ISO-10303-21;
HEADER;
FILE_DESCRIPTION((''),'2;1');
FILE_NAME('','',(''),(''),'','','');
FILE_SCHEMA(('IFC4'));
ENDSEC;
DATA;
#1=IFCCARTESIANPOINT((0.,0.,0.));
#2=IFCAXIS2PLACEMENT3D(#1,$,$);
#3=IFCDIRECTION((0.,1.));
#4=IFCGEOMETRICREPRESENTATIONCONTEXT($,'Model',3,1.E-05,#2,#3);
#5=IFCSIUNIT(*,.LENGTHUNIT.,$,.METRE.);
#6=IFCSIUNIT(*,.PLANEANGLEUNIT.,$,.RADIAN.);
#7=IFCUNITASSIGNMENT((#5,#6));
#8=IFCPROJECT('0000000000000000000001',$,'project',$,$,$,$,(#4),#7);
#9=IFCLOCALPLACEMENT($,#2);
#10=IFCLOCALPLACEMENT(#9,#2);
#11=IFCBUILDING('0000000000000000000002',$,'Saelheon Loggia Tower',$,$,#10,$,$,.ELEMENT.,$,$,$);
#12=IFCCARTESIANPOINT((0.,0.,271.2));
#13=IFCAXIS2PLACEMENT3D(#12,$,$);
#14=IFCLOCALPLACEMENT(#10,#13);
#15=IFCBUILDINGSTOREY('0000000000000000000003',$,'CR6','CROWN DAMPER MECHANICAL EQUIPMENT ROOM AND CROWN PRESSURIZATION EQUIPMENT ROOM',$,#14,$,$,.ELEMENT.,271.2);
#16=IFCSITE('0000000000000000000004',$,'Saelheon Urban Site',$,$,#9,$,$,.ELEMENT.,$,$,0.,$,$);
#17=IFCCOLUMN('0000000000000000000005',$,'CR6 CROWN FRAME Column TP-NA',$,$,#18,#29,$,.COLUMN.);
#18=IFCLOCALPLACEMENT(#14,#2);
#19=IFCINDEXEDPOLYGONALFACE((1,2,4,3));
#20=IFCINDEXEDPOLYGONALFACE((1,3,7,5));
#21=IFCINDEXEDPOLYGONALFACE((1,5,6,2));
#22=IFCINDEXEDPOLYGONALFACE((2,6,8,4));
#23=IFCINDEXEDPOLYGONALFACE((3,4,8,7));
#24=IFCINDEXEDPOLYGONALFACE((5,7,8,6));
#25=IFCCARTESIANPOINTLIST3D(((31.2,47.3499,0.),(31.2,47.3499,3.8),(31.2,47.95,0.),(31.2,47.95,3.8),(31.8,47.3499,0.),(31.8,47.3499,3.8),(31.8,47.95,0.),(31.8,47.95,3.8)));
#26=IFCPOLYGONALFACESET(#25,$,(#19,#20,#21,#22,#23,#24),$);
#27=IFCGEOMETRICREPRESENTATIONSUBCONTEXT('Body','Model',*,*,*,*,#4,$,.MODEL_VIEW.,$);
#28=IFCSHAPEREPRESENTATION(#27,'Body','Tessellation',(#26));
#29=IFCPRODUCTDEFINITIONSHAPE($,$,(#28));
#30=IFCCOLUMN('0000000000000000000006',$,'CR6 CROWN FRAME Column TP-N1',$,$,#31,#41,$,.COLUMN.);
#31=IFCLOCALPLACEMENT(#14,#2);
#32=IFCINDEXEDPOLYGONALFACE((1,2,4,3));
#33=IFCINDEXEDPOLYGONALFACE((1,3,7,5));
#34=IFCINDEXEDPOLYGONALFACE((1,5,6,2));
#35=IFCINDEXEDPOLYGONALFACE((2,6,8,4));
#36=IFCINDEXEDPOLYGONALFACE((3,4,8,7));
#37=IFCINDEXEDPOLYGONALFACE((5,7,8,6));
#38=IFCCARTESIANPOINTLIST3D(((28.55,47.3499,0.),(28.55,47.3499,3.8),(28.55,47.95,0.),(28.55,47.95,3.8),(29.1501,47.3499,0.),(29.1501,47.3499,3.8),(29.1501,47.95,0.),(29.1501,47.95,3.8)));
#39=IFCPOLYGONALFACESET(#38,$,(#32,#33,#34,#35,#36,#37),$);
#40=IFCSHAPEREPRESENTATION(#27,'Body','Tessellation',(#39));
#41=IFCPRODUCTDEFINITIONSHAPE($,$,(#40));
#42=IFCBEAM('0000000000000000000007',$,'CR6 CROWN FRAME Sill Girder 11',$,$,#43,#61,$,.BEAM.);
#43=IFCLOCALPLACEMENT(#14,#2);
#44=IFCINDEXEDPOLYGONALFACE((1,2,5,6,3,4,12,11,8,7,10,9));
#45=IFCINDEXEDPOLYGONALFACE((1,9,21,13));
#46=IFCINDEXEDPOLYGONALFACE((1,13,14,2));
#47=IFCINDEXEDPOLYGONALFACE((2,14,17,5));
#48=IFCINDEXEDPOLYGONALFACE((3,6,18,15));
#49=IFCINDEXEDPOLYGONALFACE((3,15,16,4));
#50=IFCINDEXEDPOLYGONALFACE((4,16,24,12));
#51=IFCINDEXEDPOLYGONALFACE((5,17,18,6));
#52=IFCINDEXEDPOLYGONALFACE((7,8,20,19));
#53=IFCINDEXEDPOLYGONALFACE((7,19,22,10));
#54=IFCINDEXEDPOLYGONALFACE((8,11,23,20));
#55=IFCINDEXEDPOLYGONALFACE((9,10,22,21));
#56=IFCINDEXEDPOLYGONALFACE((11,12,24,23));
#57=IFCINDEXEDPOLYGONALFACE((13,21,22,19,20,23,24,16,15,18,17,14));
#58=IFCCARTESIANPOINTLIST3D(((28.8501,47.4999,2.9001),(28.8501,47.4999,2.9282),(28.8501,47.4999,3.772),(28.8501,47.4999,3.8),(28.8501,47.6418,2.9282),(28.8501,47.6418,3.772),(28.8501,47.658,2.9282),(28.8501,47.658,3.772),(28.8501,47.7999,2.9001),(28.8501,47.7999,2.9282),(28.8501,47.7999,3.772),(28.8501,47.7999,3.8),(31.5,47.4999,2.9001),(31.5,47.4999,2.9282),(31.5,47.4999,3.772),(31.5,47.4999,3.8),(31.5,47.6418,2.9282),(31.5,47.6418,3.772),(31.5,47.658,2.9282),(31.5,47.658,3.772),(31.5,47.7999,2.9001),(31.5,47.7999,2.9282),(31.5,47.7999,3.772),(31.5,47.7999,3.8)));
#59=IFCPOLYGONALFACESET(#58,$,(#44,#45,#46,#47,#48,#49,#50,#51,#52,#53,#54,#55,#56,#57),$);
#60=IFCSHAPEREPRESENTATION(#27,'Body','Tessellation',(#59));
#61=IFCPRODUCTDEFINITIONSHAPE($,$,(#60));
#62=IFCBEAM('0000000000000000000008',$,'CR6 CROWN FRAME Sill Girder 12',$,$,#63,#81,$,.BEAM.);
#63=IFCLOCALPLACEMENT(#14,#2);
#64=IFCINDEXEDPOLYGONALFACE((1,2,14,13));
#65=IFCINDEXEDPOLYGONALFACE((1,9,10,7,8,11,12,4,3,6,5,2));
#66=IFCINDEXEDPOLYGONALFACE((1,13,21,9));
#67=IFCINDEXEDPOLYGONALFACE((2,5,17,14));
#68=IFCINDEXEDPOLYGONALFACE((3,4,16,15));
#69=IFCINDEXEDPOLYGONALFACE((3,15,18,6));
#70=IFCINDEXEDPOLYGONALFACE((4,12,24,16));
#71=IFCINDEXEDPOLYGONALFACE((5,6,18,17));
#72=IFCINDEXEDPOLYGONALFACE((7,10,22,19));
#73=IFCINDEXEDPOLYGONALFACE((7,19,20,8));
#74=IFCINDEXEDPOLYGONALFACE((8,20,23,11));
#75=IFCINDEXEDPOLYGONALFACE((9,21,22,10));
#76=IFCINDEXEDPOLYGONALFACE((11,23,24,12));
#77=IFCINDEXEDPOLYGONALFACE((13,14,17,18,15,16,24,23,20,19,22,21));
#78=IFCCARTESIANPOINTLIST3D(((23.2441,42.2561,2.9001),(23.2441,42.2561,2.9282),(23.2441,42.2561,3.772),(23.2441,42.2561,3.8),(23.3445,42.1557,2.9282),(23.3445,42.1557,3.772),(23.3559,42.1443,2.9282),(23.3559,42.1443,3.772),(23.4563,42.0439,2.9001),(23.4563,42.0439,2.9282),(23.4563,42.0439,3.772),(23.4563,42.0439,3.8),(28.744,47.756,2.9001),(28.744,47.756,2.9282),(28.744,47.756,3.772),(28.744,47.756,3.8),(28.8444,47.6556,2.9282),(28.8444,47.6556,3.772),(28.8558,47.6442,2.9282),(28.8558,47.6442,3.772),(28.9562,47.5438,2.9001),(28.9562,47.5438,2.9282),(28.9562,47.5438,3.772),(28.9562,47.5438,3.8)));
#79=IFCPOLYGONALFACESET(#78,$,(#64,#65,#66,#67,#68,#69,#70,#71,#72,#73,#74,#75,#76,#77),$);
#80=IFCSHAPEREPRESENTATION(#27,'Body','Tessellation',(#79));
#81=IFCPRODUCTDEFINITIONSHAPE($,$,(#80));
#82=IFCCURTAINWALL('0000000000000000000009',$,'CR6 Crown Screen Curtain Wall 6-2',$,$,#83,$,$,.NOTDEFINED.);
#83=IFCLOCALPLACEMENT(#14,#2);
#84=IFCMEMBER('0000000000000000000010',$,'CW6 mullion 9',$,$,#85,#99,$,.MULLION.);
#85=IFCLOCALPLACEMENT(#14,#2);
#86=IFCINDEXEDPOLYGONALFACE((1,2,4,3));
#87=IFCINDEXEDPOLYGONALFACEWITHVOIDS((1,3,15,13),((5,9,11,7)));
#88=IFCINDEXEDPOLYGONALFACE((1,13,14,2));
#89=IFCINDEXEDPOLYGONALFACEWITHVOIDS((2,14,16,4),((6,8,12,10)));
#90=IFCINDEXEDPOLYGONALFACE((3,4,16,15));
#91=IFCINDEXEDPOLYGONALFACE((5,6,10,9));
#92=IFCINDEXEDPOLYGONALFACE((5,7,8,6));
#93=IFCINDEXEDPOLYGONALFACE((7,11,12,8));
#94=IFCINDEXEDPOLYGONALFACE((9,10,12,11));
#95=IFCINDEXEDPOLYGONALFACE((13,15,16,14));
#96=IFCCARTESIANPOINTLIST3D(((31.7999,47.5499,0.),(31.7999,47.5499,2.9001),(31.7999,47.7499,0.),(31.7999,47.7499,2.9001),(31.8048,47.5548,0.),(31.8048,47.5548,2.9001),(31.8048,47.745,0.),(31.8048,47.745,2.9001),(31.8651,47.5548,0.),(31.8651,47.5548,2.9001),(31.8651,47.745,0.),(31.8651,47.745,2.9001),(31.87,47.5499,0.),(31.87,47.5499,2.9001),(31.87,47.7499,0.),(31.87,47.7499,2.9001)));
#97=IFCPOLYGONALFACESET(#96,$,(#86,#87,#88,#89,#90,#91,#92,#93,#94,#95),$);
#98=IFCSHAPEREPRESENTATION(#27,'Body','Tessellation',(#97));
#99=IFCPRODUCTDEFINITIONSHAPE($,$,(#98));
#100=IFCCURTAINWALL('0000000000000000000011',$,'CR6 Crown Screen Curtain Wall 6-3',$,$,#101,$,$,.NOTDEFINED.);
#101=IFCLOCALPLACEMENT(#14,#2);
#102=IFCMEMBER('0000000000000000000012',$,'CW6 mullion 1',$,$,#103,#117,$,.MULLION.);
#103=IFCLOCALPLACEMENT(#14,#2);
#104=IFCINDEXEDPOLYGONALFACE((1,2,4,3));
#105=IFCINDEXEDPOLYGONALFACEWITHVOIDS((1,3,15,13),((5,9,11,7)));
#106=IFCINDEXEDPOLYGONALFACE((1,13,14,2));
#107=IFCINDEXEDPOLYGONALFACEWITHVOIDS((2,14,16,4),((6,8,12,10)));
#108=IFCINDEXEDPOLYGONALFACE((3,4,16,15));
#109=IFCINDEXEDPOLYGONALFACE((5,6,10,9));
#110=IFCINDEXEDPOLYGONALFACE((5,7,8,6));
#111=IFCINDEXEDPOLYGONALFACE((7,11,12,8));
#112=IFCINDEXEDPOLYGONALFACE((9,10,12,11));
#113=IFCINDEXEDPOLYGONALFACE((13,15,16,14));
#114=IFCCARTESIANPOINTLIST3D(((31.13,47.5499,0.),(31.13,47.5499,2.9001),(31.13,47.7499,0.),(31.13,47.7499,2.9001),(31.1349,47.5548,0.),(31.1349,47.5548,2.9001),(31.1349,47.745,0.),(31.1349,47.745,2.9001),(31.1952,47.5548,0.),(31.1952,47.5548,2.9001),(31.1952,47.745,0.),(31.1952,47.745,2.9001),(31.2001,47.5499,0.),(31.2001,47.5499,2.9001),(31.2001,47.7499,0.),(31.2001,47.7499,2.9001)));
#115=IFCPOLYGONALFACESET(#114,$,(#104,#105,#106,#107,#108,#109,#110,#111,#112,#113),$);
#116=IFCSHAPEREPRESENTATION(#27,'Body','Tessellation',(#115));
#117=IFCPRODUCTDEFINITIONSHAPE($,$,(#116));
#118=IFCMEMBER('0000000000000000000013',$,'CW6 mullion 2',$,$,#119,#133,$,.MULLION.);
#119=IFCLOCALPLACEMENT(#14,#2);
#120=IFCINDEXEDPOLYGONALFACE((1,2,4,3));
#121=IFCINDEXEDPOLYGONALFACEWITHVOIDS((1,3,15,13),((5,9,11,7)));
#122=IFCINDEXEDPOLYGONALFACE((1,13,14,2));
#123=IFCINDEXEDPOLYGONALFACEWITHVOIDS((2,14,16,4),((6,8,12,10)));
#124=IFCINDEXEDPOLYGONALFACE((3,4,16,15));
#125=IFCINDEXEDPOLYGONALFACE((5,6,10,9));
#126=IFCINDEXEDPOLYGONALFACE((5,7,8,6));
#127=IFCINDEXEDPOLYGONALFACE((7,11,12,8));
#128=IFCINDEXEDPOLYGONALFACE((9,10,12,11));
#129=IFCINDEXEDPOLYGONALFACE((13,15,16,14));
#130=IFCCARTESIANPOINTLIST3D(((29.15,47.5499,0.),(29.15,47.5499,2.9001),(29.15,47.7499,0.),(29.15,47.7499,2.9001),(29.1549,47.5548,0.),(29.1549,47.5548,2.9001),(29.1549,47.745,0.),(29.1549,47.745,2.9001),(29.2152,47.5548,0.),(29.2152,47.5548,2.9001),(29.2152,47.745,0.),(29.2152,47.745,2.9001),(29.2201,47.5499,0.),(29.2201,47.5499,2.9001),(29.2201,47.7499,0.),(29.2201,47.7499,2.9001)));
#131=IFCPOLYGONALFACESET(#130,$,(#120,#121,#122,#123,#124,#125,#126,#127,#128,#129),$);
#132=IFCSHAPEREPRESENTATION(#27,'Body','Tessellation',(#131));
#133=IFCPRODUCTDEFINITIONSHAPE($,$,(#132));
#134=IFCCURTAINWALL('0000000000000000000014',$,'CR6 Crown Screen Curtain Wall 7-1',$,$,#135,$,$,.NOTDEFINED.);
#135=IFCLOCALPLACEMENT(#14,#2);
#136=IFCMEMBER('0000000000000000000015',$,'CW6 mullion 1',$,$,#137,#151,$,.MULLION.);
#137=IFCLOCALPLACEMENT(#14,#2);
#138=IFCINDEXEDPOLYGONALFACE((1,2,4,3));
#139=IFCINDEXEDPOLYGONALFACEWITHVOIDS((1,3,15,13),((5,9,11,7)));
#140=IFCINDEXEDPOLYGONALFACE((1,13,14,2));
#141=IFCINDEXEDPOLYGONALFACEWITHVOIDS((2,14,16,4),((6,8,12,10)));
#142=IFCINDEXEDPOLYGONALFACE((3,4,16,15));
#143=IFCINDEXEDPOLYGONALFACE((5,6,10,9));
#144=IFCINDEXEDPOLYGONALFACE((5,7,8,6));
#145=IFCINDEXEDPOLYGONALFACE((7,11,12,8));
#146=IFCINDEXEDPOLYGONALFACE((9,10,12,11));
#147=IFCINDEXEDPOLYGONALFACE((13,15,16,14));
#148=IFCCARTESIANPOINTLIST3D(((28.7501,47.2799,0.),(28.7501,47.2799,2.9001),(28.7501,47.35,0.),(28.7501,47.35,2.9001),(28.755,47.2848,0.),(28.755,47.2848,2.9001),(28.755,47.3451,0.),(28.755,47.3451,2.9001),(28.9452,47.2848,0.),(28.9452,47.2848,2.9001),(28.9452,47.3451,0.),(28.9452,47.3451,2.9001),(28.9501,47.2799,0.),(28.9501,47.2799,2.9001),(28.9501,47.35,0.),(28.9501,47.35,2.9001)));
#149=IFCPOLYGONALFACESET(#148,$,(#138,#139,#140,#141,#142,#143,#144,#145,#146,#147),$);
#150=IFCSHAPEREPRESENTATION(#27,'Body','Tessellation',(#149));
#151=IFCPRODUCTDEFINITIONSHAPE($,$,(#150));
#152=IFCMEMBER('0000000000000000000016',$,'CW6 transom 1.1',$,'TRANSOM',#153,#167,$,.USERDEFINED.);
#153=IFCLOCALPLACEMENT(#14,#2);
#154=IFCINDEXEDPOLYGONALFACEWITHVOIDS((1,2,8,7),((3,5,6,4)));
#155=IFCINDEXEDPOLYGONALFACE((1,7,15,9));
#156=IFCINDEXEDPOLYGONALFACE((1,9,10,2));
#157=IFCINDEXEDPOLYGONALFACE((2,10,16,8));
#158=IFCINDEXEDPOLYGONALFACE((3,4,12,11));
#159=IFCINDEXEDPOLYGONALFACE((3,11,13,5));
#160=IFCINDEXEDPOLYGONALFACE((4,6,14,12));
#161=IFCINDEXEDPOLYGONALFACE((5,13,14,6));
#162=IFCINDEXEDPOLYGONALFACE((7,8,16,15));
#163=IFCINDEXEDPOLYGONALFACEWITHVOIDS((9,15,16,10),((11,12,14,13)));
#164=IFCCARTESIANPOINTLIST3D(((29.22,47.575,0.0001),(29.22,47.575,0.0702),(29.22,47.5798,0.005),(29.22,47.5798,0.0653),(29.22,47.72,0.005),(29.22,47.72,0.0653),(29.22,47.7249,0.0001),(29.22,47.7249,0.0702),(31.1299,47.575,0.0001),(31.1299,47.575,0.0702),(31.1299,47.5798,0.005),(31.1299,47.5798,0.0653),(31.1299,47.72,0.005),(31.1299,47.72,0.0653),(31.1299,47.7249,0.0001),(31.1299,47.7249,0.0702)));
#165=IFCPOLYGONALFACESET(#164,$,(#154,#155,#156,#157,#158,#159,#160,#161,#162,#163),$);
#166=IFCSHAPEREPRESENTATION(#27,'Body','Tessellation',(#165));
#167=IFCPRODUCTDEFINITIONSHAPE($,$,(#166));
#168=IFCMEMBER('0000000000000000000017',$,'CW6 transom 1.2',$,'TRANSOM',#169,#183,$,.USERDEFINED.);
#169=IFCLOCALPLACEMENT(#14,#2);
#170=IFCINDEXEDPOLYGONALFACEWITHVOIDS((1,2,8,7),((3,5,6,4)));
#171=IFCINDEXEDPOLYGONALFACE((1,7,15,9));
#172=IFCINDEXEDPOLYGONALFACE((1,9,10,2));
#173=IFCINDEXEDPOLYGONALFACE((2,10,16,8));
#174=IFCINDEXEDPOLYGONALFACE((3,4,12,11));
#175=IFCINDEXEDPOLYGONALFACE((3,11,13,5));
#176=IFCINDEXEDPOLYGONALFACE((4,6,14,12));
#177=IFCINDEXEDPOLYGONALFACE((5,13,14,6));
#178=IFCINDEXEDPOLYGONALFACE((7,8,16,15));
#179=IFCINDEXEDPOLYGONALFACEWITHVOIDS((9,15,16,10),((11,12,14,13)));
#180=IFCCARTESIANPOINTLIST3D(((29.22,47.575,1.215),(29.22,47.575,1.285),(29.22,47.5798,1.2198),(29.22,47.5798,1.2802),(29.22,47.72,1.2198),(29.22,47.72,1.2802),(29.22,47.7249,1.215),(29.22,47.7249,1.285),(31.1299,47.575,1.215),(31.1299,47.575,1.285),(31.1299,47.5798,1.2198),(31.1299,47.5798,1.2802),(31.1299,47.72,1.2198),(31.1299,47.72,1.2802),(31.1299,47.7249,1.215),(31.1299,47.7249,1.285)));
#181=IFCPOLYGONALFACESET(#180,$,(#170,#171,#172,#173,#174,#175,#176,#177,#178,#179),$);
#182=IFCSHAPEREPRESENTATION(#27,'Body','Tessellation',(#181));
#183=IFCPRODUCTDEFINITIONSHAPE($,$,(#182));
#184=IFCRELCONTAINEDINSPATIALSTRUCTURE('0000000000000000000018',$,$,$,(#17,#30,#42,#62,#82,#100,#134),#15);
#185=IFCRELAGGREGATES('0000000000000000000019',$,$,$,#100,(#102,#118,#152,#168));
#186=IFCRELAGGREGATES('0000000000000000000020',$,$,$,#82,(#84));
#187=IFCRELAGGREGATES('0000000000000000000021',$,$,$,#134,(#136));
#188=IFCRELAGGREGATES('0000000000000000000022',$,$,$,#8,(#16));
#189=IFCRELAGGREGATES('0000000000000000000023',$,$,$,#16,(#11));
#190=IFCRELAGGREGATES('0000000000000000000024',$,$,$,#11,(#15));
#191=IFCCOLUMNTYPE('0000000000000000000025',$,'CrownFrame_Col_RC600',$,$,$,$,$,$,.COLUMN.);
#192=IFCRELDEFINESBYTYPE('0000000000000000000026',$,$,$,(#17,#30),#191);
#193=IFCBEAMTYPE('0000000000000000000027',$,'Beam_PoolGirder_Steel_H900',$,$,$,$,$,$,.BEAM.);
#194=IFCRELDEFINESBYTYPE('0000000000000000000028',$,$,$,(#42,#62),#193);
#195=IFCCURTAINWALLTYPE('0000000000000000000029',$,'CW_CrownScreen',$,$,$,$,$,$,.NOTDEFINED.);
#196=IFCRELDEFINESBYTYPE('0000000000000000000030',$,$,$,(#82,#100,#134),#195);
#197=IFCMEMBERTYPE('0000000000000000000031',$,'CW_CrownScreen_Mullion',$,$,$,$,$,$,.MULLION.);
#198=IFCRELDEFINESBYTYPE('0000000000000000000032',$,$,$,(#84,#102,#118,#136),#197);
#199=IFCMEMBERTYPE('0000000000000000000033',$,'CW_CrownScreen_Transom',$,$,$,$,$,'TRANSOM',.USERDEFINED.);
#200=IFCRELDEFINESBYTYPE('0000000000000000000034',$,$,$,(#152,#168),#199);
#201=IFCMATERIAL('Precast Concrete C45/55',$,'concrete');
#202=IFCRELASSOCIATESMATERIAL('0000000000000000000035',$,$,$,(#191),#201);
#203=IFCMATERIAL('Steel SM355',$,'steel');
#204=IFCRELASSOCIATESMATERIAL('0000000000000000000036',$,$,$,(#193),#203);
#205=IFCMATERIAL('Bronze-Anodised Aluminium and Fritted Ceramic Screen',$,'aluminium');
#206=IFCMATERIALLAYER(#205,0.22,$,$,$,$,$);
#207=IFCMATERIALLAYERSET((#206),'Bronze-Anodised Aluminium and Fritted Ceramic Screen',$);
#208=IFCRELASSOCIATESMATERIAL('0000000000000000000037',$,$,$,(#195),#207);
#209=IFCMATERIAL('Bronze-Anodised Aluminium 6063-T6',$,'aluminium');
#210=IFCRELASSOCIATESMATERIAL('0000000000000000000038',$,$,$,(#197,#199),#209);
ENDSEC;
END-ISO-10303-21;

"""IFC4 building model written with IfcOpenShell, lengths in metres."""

from ifc_helpers import new_model, si_unit, direction, frame, origin, origin_2d, place, context, subcontext, project, spatial, rectangle, hollow_rectangle, i_section, extrude, source, transform, mapped, material, layer, layer_set, material_profile, profile_set, type_object, element, aggregate, save


model = new_model("IFC4")

# Units and contexts
model_context = context("Model", 3, precision=1e-05, world=origin(), true_north=direction((0.0, 1.0)))
body_context = subcontext(model_context, "Body", "Model", "MODEL_VIEW")
ifc_project = project(units=[si_unit("LENGTHUNIT", "METRE"), si_unit("PLANEANGLEUNIT", "RADIAN")], contexts=[model_context])

# Site, building, storey
site_placement = place(None, origin())
site = spatial("IfcSite", under=ifc_project, at=site_placement, Name="Saelheon Urban Site", CompositionType="ELEMENT", RefElevation=0.0)
building_placement = place(site_placement, origin())
building = spatial("IfcBuilding", under=site, at=building_placement, Name="Saelheon Loggia Tower", CompositionType="ELEMENT")
storey_placement = place(building_placement, frame((0.0, 0.0, 271.2)))
storey = spatial("IfcBuildingStorey", under=building, at=storey_placement, Name="CR6", Description="CROWN DAMPER MECHANICAL EQUIPMENT ROOM AND CROWN PRESSURIZATION EQUIPMENT ROOM", CompositionType="ELEMENT", Elevation=271.2)

# Columns
ifc_material_1 = material(Name="Precast Concrete C45/55", Category="concrete")
ifc_material_profile_1 = material_profile(ifc_material_1, rectangle(XDim=0.6001, YDim=0.6001, at=origin_2d()), Name="RC-600x600")
ifc_profile_set_1 = profile_set([ifc_material_profile_1], Name="Precast Concrete C45/55")
column_type = type_object("IfcColumnType", Name="CrownFrame_Col_RC600", PredefinedType="COLUMN", material=ifc_profile_set_1)
shared_shape_1 = source(origin(), body_context, "Body", "SweptSolid", [
    extrude(rectangle(XDim=0.6001, YDim=0.6001, at=origin_2d()), origin(), (0.0, 0.0, 1.0), 3.8),
])
for number, where, z_axis, x_axis, name in (
    (1, (31.5, 47.6499, 0.0), (0.0, 0.0, 1.0), (1.0, 0.0, 0.0), "CR6 CROWN FRAME Column TP-NA"),
    (2, (28.8501, 47.6499, 0.0), (0.0, 0.0, 1.0), (1.0, 0.0, 0.0), "CR6 CROWN FRAME Column TP-N1"),
):
    element("IfcColumn", number, at=place(storey_placement, frame(where, z_axis=z_axis, x_axis=x_axis)), inside=storey, type_object=column_type, Name=name, PredefinedType="COLUMN", context=body_context, shape_type="MappedRepresentation", body=[
        mapped(shared_shape_1, transform((0.0, 0.0, 0.0), scale=1.0)),
    ])

# Beams
ifc_material_2 = material(Name="Steel SM355", Category="steel")
ifc_material_profile_2 = material_profile(ifc_material_2, i_section(OverallWidth=0.3, OverallDepth=0.8999, WebThickness=0.0161, FlangeThickness=0.0281, at=origin_2d()), Name="H-900x300x16x28")
ifc_profile_set_2 = profile_set([ifc_material_profile_2], Name="Steel SM355")
beam_type = type_object("IfcBeamType", Name="Beam_PoolGirder_Steel_H900", PredefinedType="BEAM", material=ifc_profile_set_2)
shared_shape_2 = source(origin(), body_context, "Body", "SweptSolid", [
    extrude(i_section(OverallWidth=0.3, OverallDepth=0.8999, WebThickness=0.0161, FlangeThickness=0.0281, at=origin_2d()), origin(), (0.0, 0.0, 1.0), 2.6499),
])
beam_1_placement = place(storey_placement, frame((31.5, 47.6499, 3.3501), z_axis=(-1.0, 0.0, 0.0), x_axis=(0.0, -1.0, 0.0)))
element("IfcBeam", 3, at=beam_1_placement, inside=storey, type_object=beam_type, Name="CR6 CROWN FRAME Sill Girder 11", PredefinedType="BEAM", context=body_context, shape_type="MappedRepresentation", body=[
    mapped(shared_shape_2, transform((0.0, 0.0, 0.0), scale=1.0)),
])
shared_shape_3 = source(origin(), body_context, "Body", "SweptSolid", [
    extrude(i_section(OverallWidth=0.3, OverallDepth=0.8999, WebThickness=0.0161, FlangeThickness=0.0281, at=origin_2d()), origin(), (0.0, 0.0, 1.0), 7.7781),
])
beam_2_placement = place(storey_placement, frame((28.8501, 47.6499, 3.3501), z_axis=(-0.707107, -0.707107, 0.0), x_axis=(0.707107, -0.707107, 0.0)))
element("IfcBeam", 4, at=beam_2_placement, inside=storey, type_object=beam_type, Name="CR6 CROWN FRAME Sill Girder 12", PredefinedType="BEAM", context=body_context, shape_type="MappedRepresentation", body=[
    mapped(shared_shape_3, transform((0.0, 0.0, 0.0), scale=1.0)),
])

# Curtain wall, member
ifc_material_3 = material(Name="Bronze-Anodised Aluminium and Fritted Ceramic Screen", Category="aluminium")
ifc_layer_1 = layer(ifc_material_3, 0.22)
ifc_layer_set_1 = layer_set([ifc_layer_1], Name="Bronze-Anodised Aluminium and Fritted Ceramic Screen")
curtain_wall_type = type_object("IfcCurtainWallType", Name="CW_CrownScreen", PredefinedType="NOTDEFINED", material=ifc_layer_set_1)
curtain_wall_1_placement = place(storey_placement, origin())
curtain_wall_1 = element("IfcCurtainWall", 5, at=curtain_wall_1_placement, inside=storey, type_object=curtain_wall_type, Name="CR6 Crown Screen Curtain Wall 6-2", PredefinedType="NOTDEFINED")
ifc_material_4 = material(Name="Bronze-Anodised Aluminium 6063-T6", Category="aluminium")
ifc_material_profile_3 = material_profile(ifc_material_4, hollow_rectangle(XDim=0.0701, YDim=0.2, WallThickness=0.0049, at=origin_2d()), Name="RHS-200x70x5")
ifc_profile_set_3 = profile_set([ifc_material_profile_3], Name="Bronze-Anodised Aluminium 6063-T6")
member_type_1 = type_object("IfcMemberType", Name="CW_CrownScreen_Mullion", PredefinedType="MULLION", material=ifc_profile_set_3)
shared_shape_4 = source(origin(), body_context, "Body", "SweptSolid", [
    extrude(hollow_rectangle(XDim=0.0701, YDim=0.2, WallThickness=0.0049, at=origin_2d()), origin(), (0.0, 0.0, 1.0), 2.9001),
])
member_1_placement = place(storey_placement, frame((31.835, 47.6499, 0.0), z_axis=(0.0, 0.0, 1.0), x_axis=(-1.0, 0.0, 0.0)))
member_1 = element("IfcMember", 6, at=member_1_placement, type_object=member_type_1, Name="CW6 mullion 9", PredefinedType="MULLION", context=body_context, shape_type="MappedRepresentation", body=[
    mapped(shared_shape_4, transform((0.0, 0.0, 0.0), scale=1.0)),
])

# Curtain wall, members
curtain_wall_2_placement = place(storey_placement, origin())
curtain_wall_2 = element("IfcCurtainWall", 7, at=curtain_wall_2_placement, inside=storey, type_object=curtain_wall_type, Name="CR6 Crown Screen Curtain Wall 6-3", PredefinedType="NOTDEFINED")
member_2_placement = place(storey_placement, frame((31.165, 47.6499, 0.0), z_axis=(0.0, 0.0, 1.0), x_axis=(-1.0, 0.0, 0.0)))
member_2 = element("IfcMember", 8, at=member_2_placement, type_object=member_type_1, Name="CW6 mullion 1", PredefinedType="MULLION", context=body_context, shape_type="MappedRepresentation", body=[
    mapped(shared_shape_4, transform((0.0, 0.0, 0.0), scale=1.0)),
])
member_3_placement = place(storey_placement, frame((29.1851, 47.6499, 0.0), z_axis=(0.0, 0.0, 1.0), x_axis=(-1.0, 0.0, 0.0)))
member_3 = element("IfcMember", 9, at=member_3_placement, type_object=member_type_1, Name="CW6 mullion 2", PredefinedType="MULLION", context=body_context, shape_type="MappedRepresentation", body=[
    mapped(shared_shape_4, transform((0.0, 0.0, 0.0), scale=1.0)),
])

# Curtain wall, member
curtain_wall_3_placement = place(storey_placement, origin())
curtain_wall_3 = element("IfcCurtainWall", 10, at=curtain_wall_3_placement, inside=storey, type_object=curtain_wall_type, Name="CR6 Crown Screen Curtain Wall 7-1", PredefinedType="NOTDEFINED")
member_4_placement = place(storey_placement, frame((28.8501, 47.3149, 0.0), z_axis=(0.0, 0.0, 1.0), x_axis=(0.0, -1.0, 0.0)))
member_4 = element("IfcMember", 11, at=member_4_placement, type_object=member_type_1, Name="CW6 mullion 1", PredefinedType="MULLION", context=body_context, shape_type="MappedRepresentation", body=[
    mapped(shared_shape_4, transform((0.0, 0.0, 0.0), scale=1.0)),
])

# Members
ifc_material_profile_4 = material_profile(ifc_material_4, hollow_rectangle(XDim=0.0701, YDim=0.1499, WallThickness=0.0049, at=origin_2d()), Name="RHS-150x70x5")
ifc_profile_set_4 = profile_set([ifc_material_profile_4], Name="Bronze-Anodised Aluminium 6063-T6")
member_type_2 = type_object("IfcMemberType", Name="CW_CrownScreen_Transom", ElementType="TRANSOM", PredefinedType="USERDEFINED", material=ifc_profile_set_4)
shared_shape_5 = source(origin(), body_context, "Body", "SweptSolid", [
    extrude(hollow_rectangle(XDim=0.0701, YDim=0.1499, WallThickness=0.0049, at=origin_2d()), origin(), (0.0, 0.0, 1.0), 1.9099),
])
member_5_placement = place(storey_placement, frame((31.1299, 47.6499, 0.0352), z_axis=(-1.0, 0.0, 0.0), x_axis=(0.0, 0.0, 1.0)))
member_5 = element("IfcMember", 12, at=member_5_placement, type_object=member_type_2, Name="CW6 transom 1.1", ObjectType="TRANSOM", PredefinedType="USERDEFINED", context=body_context, shape_type="MappedRepresentation", body=[
    mapped(shared_shape_5, transform((0.0, 0.0, 0.0), scale=1.0)),
])
member_6_placement = place(storey_placement, frame((31.1299, 47.6499, 1.25), z_axis=(-1.0, 0.0, 0.0), x_axis=(0.0, 0.0, 1.0)))
member_6 = element("IfcMember", 13, at=member_6_placement, type_object=member_type_2, Name="CW6 transom 1.2", ObjectType="TRANSOM", PredefinedType="USERDEFINED", context=body_context, shape_type="MappedRepresentation", body=[
    mapped(shared_shape_5, transform((0.0, 0.0, 0.0), scale=1.0)),
])

aggregate(curtain_wall_2, [member_2, member_3, member_5, member_6])
aggregate(curtain_wall_1, [member_1])
aggregate(curtain_wall_3, [member_4])

save(model, "model.ifc")
